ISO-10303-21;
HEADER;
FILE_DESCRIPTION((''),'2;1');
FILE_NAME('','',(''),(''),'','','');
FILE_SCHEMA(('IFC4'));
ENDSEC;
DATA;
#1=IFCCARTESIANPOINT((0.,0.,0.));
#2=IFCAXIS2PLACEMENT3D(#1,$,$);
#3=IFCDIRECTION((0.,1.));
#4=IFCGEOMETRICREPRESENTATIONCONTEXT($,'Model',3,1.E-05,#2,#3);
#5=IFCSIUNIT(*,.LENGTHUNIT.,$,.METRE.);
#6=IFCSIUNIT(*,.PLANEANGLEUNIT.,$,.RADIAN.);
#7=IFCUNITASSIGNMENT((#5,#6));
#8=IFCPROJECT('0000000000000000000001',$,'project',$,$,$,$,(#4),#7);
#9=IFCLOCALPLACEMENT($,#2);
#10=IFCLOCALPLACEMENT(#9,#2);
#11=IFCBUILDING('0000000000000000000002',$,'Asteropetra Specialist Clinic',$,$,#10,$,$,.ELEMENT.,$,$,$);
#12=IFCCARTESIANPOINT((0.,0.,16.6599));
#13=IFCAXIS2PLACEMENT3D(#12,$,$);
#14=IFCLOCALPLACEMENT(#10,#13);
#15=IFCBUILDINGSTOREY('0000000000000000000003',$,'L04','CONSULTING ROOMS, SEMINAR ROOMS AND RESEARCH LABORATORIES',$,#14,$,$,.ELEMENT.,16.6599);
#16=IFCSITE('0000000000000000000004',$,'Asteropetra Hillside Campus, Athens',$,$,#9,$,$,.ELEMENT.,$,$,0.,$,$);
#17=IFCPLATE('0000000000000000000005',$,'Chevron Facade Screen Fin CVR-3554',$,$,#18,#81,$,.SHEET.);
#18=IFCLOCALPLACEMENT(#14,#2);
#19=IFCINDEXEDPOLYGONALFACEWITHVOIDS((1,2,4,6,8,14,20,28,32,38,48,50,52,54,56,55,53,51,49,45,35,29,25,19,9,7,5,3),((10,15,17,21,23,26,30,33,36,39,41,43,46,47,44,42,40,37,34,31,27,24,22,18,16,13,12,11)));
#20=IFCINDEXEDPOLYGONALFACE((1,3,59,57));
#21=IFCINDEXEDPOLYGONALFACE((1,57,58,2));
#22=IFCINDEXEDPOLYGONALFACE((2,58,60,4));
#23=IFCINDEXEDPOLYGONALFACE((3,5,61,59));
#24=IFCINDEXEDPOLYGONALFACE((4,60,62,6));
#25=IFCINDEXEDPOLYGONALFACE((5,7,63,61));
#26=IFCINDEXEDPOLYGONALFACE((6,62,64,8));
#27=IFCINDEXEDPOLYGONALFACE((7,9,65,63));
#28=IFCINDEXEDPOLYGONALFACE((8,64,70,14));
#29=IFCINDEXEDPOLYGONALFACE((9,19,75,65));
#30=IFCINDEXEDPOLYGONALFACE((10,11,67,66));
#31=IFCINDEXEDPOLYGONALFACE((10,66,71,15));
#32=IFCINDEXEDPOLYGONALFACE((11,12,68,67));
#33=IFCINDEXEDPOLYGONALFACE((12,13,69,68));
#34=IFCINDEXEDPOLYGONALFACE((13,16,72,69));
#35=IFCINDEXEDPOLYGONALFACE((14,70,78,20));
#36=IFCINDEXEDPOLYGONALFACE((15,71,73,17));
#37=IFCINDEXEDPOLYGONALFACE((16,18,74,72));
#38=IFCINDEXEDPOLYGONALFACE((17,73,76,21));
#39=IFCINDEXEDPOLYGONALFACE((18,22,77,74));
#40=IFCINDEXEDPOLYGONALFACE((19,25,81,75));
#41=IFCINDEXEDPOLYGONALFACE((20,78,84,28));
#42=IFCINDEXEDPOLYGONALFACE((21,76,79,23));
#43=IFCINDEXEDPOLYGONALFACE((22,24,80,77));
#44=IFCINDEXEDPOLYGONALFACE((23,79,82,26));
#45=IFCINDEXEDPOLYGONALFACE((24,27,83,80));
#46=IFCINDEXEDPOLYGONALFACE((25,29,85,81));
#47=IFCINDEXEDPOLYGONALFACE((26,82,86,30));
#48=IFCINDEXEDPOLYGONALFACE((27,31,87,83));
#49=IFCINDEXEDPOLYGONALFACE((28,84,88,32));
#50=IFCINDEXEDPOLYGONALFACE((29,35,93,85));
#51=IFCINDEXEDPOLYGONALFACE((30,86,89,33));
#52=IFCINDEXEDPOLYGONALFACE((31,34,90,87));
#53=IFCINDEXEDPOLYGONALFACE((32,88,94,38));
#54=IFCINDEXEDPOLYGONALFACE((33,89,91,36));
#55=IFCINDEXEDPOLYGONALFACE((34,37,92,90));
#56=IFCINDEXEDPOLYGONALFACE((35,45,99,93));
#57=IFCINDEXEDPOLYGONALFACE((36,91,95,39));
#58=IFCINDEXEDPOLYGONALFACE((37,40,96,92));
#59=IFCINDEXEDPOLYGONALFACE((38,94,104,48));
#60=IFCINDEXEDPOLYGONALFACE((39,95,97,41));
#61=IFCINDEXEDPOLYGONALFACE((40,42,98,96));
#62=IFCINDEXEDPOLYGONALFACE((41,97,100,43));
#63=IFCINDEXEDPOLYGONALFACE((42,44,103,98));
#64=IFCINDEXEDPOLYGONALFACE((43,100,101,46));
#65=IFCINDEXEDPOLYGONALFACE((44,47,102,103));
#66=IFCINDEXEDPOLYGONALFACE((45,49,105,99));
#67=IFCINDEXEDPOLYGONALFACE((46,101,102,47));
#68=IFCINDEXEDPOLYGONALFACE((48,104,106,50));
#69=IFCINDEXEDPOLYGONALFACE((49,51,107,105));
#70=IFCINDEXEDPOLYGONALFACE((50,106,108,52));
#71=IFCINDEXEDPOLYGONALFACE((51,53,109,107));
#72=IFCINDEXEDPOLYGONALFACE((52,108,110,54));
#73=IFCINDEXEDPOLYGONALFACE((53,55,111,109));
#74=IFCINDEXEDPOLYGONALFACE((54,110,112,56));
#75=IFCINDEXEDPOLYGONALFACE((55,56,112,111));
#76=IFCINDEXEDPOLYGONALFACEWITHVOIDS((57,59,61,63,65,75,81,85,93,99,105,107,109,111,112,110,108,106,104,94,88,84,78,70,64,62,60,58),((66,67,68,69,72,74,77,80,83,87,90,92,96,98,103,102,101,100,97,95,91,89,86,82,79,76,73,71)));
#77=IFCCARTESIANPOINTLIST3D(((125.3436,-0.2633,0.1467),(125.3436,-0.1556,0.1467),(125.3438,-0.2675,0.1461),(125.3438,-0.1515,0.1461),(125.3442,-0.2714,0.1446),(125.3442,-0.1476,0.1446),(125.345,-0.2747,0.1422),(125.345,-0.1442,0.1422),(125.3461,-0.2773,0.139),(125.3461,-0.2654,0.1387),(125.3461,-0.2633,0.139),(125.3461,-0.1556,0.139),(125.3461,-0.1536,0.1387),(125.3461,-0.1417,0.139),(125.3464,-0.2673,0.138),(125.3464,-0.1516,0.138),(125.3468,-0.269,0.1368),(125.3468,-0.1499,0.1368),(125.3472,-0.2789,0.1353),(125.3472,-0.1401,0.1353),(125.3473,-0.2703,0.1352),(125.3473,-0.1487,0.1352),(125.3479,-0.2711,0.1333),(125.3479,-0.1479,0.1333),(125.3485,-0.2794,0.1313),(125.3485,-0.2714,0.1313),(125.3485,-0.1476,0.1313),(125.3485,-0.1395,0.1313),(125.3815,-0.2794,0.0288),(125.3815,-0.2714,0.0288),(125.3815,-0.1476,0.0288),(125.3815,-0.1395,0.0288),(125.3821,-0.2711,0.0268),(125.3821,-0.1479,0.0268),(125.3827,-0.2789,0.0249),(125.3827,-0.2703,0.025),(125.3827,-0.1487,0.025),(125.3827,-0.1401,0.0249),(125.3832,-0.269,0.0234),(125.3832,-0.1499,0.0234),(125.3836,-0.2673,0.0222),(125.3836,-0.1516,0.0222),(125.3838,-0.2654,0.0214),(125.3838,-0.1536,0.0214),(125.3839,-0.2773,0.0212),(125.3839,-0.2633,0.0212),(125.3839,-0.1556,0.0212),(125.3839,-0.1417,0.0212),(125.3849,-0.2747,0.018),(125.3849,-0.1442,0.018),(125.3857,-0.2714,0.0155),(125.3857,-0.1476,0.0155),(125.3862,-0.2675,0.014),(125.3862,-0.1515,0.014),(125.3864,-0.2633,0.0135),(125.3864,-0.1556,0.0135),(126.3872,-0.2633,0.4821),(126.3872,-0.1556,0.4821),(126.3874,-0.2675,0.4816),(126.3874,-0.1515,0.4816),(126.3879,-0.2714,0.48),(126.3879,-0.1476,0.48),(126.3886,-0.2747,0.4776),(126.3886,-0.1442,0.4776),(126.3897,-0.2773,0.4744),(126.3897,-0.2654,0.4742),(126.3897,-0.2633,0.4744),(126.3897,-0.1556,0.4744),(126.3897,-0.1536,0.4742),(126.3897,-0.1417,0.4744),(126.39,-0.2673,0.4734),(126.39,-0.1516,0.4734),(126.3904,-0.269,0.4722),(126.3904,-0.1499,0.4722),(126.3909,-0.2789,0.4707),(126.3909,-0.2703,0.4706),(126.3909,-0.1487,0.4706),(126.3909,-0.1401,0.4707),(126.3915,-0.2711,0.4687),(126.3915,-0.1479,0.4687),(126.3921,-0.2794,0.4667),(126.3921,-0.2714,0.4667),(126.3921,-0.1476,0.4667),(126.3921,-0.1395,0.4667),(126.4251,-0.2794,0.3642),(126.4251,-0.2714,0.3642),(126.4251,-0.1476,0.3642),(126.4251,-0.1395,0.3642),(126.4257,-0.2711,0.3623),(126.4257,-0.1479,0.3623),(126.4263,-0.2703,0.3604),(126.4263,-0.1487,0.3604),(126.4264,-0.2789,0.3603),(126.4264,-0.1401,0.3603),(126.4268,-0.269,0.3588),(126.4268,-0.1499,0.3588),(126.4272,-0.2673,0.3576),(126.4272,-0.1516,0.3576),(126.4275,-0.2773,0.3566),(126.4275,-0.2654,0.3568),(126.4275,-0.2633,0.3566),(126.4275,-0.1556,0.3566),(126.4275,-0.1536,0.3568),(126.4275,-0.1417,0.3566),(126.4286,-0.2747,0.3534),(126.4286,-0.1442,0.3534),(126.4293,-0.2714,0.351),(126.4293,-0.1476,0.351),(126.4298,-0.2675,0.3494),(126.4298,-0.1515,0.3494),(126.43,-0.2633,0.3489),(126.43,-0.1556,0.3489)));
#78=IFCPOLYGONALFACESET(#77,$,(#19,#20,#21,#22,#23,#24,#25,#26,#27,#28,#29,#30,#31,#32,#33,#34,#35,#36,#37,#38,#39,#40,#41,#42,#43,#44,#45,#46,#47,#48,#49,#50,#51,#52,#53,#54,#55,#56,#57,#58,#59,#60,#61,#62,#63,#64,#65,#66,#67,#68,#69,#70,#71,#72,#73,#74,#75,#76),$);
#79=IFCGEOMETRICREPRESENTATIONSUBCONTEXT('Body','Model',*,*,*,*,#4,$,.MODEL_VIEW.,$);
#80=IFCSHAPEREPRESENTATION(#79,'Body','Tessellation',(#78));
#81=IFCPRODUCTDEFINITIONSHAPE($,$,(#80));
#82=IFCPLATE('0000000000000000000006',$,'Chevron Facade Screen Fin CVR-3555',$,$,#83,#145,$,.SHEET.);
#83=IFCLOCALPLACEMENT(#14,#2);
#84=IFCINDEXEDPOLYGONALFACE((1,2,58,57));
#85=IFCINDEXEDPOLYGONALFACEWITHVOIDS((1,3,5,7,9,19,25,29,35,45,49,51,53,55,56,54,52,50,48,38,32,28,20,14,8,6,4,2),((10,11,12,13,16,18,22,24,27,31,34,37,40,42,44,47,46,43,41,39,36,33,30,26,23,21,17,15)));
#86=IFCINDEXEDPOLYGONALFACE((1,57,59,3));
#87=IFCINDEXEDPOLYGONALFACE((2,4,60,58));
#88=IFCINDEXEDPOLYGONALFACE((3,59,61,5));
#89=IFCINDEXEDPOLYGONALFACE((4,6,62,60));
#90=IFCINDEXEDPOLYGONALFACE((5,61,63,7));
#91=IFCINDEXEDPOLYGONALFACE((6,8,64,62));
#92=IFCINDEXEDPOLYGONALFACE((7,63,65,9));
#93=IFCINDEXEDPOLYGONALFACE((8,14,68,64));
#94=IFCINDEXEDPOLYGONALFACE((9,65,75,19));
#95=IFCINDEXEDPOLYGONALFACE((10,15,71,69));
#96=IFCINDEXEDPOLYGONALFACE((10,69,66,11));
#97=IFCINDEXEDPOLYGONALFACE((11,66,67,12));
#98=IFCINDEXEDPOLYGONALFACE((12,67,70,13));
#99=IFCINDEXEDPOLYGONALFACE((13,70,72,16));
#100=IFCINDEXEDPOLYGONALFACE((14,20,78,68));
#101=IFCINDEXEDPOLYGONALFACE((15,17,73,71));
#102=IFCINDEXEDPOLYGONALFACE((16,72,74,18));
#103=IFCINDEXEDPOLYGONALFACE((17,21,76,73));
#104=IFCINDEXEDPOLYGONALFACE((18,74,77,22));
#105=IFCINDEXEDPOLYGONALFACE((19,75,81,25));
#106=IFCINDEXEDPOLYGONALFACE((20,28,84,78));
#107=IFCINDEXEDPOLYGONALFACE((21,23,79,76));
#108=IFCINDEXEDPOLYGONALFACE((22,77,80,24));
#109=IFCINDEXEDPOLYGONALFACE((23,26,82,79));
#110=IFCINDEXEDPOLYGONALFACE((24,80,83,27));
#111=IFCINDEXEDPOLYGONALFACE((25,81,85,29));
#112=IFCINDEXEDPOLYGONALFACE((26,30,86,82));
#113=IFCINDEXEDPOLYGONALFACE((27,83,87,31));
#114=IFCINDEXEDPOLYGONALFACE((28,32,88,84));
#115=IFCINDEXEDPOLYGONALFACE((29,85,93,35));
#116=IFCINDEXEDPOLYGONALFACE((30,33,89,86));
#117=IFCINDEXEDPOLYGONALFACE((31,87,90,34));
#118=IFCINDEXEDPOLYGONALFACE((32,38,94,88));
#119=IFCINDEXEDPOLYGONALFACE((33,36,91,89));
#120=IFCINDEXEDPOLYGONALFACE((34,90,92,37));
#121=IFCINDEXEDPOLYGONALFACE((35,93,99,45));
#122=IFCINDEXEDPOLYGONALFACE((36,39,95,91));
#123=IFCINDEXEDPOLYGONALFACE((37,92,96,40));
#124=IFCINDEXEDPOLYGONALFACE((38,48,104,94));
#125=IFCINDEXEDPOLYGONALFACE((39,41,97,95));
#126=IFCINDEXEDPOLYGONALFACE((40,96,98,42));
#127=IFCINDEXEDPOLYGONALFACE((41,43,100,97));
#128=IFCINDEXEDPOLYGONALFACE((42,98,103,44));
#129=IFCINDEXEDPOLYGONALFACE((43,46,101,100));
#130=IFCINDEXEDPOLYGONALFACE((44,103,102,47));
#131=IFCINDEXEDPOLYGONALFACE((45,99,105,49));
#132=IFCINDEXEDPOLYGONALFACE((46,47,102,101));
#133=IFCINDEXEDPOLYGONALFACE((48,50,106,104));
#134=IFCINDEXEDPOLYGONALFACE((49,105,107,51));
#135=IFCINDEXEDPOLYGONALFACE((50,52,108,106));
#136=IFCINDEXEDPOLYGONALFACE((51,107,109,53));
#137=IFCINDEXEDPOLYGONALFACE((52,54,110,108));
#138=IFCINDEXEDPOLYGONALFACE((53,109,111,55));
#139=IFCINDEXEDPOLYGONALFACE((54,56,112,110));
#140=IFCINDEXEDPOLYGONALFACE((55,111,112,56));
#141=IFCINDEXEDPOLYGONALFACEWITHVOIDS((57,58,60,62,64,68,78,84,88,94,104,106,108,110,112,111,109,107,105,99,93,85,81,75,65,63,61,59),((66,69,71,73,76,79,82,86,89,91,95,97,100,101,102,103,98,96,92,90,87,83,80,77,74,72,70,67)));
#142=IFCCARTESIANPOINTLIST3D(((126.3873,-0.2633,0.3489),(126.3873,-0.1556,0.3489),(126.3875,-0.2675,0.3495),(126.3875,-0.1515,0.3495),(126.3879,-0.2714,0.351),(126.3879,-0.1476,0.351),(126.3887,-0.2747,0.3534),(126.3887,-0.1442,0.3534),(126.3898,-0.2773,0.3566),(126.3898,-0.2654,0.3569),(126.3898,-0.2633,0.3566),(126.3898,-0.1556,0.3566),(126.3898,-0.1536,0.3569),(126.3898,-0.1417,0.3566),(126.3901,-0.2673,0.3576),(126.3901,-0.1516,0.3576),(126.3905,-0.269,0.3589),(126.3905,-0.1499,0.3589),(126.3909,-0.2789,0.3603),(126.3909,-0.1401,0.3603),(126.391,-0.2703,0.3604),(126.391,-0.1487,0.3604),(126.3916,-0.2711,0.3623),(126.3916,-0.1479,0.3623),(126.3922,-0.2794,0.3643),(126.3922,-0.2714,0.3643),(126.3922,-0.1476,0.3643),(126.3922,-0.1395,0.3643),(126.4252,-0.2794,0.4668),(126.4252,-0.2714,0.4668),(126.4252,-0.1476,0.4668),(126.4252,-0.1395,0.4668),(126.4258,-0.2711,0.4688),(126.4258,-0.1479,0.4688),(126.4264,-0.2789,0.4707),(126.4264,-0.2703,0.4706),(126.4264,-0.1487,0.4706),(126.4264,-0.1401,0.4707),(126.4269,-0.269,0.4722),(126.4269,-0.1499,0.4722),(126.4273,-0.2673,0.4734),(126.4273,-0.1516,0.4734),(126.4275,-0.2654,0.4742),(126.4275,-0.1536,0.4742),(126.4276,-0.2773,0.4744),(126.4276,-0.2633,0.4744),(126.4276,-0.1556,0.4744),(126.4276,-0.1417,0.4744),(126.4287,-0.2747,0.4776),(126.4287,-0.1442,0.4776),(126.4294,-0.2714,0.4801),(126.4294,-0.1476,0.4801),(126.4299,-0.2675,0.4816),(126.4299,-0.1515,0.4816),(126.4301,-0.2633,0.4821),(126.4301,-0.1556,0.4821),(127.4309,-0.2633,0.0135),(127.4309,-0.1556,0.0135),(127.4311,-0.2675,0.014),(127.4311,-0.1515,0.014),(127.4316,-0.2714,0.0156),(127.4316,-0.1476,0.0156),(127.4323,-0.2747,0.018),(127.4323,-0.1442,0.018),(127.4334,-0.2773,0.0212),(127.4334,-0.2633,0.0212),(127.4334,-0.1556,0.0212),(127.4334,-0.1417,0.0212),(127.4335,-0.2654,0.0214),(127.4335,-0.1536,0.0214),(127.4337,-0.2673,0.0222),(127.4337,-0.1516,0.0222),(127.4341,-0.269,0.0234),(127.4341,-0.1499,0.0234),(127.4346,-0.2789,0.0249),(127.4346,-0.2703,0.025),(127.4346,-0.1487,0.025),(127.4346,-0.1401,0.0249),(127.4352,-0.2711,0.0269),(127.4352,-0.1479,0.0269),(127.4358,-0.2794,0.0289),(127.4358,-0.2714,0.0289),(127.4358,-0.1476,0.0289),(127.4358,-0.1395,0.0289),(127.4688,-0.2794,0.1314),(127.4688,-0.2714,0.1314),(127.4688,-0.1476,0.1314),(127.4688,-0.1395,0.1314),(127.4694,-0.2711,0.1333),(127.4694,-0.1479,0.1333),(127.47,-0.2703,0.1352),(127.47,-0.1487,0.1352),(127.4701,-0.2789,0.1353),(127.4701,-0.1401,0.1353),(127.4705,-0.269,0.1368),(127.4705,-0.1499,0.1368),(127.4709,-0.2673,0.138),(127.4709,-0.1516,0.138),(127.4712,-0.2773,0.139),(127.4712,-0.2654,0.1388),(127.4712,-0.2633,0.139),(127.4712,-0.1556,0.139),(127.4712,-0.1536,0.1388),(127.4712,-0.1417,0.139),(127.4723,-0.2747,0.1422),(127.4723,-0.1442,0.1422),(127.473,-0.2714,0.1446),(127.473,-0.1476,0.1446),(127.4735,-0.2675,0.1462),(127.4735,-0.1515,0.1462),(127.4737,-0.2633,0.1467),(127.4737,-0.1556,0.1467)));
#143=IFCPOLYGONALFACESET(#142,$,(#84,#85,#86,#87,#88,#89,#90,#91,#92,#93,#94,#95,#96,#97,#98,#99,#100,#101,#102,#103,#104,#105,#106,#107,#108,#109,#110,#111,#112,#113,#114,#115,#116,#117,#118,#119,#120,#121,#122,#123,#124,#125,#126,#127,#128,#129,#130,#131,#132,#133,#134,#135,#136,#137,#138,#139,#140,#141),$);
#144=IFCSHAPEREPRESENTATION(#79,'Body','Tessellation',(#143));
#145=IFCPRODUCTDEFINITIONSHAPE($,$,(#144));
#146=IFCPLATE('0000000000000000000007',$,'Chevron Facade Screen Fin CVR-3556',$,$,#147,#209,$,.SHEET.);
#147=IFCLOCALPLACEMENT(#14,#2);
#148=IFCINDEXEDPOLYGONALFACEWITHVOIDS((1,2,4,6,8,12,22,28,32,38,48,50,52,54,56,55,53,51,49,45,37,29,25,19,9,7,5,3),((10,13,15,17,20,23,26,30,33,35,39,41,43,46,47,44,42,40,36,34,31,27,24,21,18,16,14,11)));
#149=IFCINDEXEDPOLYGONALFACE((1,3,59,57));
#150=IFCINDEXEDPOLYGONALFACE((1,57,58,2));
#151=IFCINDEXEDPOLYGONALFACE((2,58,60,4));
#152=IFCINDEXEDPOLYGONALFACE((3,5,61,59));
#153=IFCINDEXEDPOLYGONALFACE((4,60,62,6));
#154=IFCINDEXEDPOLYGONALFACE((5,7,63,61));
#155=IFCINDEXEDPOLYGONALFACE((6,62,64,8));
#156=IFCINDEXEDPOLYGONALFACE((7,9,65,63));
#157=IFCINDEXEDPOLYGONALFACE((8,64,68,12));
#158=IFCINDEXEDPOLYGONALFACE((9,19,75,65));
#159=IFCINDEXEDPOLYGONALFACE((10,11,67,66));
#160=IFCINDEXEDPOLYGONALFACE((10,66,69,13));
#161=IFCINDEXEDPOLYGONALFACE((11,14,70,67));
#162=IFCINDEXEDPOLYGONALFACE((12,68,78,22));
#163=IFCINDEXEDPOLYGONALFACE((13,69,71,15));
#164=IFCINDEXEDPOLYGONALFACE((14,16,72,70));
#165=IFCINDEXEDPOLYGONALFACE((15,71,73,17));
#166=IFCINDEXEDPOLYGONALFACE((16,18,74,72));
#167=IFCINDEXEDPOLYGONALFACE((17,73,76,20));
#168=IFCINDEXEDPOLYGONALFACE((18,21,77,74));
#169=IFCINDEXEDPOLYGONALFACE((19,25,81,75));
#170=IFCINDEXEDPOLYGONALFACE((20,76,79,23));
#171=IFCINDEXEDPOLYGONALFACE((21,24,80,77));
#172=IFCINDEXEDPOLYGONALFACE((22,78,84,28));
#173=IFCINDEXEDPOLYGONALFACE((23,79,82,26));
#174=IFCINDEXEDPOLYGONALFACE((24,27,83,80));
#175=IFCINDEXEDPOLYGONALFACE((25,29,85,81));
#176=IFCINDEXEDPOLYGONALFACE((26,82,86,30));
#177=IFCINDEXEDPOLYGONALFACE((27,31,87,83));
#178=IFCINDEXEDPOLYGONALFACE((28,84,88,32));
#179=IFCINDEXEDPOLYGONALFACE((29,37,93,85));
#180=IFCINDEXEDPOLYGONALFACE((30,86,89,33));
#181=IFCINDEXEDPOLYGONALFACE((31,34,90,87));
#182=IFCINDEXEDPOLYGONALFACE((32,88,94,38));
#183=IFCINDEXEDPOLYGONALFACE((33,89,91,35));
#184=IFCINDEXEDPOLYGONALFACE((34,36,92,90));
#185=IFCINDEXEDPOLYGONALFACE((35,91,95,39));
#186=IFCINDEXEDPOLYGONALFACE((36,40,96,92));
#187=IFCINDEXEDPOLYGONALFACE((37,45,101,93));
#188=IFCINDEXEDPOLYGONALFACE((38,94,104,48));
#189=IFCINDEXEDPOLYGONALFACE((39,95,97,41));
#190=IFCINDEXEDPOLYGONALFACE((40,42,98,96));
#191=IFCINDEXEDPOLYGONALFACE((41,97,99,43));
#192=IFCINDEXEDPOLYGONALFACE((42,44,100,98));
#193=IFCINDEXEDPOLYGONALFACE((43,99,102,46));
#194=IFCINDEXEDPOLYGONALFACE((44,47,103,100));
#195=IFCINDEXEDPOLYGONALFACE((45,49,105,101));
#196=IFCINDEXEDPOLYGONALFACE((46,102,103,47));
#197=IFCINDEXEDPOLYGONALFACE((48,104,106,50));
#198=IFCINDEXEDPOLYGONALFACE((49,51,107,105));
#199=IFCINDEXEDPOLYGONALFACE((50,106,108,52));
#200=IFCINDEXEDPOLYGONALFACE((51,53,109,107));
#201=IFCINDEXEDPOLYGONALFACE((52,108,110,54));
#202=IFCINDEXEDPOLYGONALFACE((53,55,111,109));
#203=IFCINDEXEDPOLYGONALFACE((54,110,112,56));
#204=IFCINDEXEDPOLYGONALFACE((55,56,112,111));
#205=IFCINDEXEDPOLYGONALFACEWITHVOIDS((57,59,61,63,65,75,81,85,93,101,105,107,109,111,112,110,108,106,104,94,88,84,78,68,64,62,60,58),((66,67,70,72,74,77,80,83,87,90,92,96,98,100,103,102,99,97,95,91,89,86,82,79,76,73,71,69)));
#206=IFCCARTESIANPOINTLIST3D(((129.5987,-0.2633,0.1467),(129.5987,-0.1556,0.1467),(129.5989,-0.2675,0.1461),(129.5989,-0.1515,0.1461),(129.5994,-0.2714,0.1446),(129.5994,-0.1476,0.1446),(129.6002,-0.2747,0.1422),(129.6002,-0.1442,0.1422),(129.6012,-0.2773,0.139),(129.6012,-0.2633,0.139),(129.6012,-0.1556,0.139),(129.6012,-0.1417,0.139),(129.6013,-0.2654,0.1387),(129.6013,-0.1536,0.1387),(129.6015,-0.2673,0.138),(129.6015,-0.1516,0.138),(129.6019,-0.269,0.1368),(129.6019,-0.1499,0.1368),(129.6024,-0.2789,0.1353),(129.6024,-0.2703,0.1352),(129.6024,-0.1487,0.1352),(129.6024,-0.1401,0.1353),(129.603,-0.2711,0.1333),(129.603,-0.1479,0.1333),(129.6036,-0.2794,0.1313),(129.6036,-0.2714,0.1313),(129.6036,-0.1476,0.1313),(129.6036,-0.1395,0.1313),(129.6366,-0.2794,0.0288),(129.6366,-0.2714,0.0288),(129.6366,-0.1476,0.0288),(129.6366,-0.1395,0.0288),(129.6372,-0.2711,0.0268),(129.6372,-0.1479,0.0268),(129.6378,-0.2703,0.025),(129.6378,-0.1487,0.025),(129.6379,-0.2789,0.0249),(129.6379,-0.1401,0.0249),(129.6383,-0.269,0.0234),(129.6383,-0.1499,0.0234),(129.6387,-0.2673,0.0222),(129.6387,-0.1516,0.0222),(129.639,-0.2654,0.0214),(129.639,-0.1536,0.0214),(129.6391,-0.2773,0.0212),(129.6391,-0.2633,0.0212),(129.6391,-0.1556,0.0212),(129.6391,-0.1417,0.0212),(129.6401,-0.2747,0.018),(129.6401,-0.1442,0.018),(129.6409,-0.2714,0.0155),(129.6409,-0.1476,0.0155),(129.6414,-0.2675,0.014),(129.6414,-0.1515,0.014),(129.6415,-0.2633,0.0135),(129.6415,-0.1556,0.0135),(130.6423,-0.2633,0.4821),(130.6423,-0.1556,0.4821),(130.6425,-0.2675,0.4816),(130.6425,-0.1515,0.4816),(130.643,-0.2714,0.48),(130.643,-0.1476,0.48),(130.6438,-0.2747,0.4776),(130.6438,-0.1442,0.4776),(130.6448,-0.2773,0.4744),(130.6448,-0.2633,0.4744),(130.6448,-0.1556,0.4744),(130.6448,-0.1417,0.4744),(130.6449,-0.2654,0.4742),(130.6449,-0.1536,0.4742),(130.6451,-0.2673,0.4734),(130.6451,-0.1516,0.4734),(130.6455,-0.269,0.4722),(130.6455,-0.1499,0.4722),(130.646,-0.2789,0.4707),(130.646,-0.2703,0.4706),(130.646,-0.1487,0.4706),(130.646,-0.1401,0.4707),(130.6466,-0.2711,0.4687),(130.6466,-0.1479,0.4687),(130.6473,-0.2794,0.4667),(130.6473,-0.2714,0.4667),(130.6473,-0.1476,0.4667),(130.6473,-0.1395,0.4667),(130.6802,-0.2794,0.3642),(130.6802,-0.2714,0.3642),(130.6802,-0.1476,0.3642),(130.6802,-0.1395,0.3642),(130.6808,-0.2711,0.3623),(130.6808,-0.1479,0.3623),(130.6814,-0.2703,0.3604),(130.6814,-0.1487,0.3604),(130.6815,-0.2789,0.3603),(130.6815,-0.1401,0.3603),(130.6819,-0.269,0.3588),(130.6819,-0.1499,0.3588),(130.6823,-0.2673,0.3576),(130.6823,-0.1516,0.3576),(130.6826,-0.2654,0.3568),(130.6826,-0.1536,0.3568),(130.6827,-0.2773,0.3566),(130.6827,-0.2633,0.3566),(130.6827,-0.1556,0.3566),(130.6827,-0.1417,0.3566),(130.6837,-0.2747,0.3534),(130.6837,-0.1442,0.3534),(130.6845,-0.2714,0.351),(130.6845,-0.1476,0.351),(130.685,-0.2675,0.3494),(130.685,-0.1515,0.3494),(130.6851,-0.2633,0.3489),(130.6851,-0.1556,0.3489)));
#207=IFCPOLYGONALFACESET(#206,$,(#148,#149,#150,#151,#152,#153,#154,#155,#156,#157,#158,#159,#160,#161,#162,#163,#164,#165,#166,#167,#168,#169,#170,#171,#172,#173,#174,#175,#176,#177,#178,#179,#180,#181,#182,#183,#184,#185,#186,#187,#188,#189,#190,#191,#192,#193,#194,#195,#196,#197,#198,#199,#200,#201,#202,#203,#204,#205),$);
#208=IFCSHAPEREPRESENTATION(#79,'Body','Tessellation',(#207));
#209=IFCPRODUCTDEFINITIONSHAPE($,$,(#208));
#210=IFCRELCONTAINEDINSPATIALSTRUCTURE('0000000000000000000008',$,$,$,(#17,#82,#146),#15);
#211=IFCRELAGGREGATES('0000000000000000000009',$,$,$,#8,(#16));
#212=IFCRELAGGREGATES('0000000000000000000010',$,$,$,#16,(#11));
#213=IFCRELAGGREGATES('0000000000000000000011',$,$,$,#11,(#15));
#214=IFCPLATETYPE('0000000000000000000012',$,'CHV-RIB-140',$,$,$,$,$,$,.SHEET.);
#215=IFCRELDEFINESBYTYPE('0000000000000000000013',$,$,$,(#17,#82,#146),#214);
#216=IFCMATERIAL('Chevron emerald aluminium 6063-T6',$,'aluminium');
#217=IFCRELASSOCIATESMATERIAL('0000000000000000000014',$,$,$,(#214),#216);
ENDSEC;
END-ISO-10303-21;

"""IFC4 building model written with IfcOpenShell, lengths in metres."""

from ifc_helpers import new_model, si_unit, direction, frame, origin, origin_2d, place, context, subcontext, project, spatial, hollow_rectangle, extrude, material, material_profile, profile_set, type_object, element, save


model = new_model("IFC4")

# Units and contexts
model_context = context("Model", 3, precision=1e-05, world=origin(), true_north=direction((0.0, 1.0)))
body_context = subcontext(model_context, "Body", "Model", "MODEL_VIEW")
ifc_project = project(units=[si_unit("LENGTHUNIT", "METRE"), si_unit("PLANEANGLEUNIT", "RADIAN")], contexts=[model_context])

# Site, building, storey
site_placement = place(None, origin())
site = spatial("IfcSite", under=ifc_project, at=site_placement, Name="Asteropetra Hillside Campus, Athens", CompositionType="ELEMENT", RefElevation=0.0)
building_placement = place(site_placement, origin())
building = spatial("IfcBuilding", under=site, at=building_placement, Name="Asteropetra Specialist Clinic", CompositionType="ELEMENT")
storey_placement = place(building_placement, frame((0.0, 0.0, 16.6599)))
storey = spatial("IfcBuildingStorey", under=building, at=storey_placement, Name="L04", Description="CONSULTING ROOMS, SEMINAR ROOMS AND RESEARCH LABORATORIES", CompositionType="ELEMENT", Elevation=16.6599)

# Plates
ifc_material_1 = material(Name="Chevron emerald aluminium 6063-T6", Category="aluminium")
ifc_material_profile_1 = material_profile(ifc_material_1, hollow_rectangle(XDim=0.1399, YDim=0.1399, WallThickness=0.0081, InnerFilletRadius=0.0081, OuterFilletRadius=0.0161, at=origin_2d()), Name="SHS 140x140x8.0")
ifc_profile_set_1 = profile_set([ifc_material_profile_1], Name="Chevron emerald aluminium 6063-T6")
plate_type = type_object("IfcPlateType", Name="CHV-RIB-140", PredefinedType="SHEET", material=ifc_profile_set_1)
for number, where, z_axis, x_axis, name in (
    (1, (125.365, -0.2095, 0.0801), (0.952036, 0.0, 0.305988), (0.0, 1.0, 0.0), "Chevron Facade Screen Fin CVR-3554"),
    (2, (126.4087, -0.2095, 0.4155), (0.952036, 0.0, -0.305988), (0.0, 1.0, 0.0), "Chevron Facade Screen Fin CVR-3555"),
    (3, (129.6201, -0.2095, 0.0801), (0.952036, 0.0, 0.305988), (0.0, 1.0, 0.0), "Chevron Facade Screen Fin CVR-3556"),
):
    element("IfcPlate", number, at=place(storey_placement, frame(where, z_axis=z_axis, x_axis=x_axis)), inside=storey, type_object=plate_type, Name=name, PredefinedType="SHEET", context=body_context, shape_type="SweptSolid", body=[
        extrude(hollow_rectangle(XDim=0.1399, YDim=0.1399, WallThickness=0.0081, InnerFilletRadius=0.0081, OuterFilletRadius=0.0161, at=origin_2d()), origin(), (0.0, 0.0, 1.0), 1.0962),
    ])

save(model, "model.ifc")
